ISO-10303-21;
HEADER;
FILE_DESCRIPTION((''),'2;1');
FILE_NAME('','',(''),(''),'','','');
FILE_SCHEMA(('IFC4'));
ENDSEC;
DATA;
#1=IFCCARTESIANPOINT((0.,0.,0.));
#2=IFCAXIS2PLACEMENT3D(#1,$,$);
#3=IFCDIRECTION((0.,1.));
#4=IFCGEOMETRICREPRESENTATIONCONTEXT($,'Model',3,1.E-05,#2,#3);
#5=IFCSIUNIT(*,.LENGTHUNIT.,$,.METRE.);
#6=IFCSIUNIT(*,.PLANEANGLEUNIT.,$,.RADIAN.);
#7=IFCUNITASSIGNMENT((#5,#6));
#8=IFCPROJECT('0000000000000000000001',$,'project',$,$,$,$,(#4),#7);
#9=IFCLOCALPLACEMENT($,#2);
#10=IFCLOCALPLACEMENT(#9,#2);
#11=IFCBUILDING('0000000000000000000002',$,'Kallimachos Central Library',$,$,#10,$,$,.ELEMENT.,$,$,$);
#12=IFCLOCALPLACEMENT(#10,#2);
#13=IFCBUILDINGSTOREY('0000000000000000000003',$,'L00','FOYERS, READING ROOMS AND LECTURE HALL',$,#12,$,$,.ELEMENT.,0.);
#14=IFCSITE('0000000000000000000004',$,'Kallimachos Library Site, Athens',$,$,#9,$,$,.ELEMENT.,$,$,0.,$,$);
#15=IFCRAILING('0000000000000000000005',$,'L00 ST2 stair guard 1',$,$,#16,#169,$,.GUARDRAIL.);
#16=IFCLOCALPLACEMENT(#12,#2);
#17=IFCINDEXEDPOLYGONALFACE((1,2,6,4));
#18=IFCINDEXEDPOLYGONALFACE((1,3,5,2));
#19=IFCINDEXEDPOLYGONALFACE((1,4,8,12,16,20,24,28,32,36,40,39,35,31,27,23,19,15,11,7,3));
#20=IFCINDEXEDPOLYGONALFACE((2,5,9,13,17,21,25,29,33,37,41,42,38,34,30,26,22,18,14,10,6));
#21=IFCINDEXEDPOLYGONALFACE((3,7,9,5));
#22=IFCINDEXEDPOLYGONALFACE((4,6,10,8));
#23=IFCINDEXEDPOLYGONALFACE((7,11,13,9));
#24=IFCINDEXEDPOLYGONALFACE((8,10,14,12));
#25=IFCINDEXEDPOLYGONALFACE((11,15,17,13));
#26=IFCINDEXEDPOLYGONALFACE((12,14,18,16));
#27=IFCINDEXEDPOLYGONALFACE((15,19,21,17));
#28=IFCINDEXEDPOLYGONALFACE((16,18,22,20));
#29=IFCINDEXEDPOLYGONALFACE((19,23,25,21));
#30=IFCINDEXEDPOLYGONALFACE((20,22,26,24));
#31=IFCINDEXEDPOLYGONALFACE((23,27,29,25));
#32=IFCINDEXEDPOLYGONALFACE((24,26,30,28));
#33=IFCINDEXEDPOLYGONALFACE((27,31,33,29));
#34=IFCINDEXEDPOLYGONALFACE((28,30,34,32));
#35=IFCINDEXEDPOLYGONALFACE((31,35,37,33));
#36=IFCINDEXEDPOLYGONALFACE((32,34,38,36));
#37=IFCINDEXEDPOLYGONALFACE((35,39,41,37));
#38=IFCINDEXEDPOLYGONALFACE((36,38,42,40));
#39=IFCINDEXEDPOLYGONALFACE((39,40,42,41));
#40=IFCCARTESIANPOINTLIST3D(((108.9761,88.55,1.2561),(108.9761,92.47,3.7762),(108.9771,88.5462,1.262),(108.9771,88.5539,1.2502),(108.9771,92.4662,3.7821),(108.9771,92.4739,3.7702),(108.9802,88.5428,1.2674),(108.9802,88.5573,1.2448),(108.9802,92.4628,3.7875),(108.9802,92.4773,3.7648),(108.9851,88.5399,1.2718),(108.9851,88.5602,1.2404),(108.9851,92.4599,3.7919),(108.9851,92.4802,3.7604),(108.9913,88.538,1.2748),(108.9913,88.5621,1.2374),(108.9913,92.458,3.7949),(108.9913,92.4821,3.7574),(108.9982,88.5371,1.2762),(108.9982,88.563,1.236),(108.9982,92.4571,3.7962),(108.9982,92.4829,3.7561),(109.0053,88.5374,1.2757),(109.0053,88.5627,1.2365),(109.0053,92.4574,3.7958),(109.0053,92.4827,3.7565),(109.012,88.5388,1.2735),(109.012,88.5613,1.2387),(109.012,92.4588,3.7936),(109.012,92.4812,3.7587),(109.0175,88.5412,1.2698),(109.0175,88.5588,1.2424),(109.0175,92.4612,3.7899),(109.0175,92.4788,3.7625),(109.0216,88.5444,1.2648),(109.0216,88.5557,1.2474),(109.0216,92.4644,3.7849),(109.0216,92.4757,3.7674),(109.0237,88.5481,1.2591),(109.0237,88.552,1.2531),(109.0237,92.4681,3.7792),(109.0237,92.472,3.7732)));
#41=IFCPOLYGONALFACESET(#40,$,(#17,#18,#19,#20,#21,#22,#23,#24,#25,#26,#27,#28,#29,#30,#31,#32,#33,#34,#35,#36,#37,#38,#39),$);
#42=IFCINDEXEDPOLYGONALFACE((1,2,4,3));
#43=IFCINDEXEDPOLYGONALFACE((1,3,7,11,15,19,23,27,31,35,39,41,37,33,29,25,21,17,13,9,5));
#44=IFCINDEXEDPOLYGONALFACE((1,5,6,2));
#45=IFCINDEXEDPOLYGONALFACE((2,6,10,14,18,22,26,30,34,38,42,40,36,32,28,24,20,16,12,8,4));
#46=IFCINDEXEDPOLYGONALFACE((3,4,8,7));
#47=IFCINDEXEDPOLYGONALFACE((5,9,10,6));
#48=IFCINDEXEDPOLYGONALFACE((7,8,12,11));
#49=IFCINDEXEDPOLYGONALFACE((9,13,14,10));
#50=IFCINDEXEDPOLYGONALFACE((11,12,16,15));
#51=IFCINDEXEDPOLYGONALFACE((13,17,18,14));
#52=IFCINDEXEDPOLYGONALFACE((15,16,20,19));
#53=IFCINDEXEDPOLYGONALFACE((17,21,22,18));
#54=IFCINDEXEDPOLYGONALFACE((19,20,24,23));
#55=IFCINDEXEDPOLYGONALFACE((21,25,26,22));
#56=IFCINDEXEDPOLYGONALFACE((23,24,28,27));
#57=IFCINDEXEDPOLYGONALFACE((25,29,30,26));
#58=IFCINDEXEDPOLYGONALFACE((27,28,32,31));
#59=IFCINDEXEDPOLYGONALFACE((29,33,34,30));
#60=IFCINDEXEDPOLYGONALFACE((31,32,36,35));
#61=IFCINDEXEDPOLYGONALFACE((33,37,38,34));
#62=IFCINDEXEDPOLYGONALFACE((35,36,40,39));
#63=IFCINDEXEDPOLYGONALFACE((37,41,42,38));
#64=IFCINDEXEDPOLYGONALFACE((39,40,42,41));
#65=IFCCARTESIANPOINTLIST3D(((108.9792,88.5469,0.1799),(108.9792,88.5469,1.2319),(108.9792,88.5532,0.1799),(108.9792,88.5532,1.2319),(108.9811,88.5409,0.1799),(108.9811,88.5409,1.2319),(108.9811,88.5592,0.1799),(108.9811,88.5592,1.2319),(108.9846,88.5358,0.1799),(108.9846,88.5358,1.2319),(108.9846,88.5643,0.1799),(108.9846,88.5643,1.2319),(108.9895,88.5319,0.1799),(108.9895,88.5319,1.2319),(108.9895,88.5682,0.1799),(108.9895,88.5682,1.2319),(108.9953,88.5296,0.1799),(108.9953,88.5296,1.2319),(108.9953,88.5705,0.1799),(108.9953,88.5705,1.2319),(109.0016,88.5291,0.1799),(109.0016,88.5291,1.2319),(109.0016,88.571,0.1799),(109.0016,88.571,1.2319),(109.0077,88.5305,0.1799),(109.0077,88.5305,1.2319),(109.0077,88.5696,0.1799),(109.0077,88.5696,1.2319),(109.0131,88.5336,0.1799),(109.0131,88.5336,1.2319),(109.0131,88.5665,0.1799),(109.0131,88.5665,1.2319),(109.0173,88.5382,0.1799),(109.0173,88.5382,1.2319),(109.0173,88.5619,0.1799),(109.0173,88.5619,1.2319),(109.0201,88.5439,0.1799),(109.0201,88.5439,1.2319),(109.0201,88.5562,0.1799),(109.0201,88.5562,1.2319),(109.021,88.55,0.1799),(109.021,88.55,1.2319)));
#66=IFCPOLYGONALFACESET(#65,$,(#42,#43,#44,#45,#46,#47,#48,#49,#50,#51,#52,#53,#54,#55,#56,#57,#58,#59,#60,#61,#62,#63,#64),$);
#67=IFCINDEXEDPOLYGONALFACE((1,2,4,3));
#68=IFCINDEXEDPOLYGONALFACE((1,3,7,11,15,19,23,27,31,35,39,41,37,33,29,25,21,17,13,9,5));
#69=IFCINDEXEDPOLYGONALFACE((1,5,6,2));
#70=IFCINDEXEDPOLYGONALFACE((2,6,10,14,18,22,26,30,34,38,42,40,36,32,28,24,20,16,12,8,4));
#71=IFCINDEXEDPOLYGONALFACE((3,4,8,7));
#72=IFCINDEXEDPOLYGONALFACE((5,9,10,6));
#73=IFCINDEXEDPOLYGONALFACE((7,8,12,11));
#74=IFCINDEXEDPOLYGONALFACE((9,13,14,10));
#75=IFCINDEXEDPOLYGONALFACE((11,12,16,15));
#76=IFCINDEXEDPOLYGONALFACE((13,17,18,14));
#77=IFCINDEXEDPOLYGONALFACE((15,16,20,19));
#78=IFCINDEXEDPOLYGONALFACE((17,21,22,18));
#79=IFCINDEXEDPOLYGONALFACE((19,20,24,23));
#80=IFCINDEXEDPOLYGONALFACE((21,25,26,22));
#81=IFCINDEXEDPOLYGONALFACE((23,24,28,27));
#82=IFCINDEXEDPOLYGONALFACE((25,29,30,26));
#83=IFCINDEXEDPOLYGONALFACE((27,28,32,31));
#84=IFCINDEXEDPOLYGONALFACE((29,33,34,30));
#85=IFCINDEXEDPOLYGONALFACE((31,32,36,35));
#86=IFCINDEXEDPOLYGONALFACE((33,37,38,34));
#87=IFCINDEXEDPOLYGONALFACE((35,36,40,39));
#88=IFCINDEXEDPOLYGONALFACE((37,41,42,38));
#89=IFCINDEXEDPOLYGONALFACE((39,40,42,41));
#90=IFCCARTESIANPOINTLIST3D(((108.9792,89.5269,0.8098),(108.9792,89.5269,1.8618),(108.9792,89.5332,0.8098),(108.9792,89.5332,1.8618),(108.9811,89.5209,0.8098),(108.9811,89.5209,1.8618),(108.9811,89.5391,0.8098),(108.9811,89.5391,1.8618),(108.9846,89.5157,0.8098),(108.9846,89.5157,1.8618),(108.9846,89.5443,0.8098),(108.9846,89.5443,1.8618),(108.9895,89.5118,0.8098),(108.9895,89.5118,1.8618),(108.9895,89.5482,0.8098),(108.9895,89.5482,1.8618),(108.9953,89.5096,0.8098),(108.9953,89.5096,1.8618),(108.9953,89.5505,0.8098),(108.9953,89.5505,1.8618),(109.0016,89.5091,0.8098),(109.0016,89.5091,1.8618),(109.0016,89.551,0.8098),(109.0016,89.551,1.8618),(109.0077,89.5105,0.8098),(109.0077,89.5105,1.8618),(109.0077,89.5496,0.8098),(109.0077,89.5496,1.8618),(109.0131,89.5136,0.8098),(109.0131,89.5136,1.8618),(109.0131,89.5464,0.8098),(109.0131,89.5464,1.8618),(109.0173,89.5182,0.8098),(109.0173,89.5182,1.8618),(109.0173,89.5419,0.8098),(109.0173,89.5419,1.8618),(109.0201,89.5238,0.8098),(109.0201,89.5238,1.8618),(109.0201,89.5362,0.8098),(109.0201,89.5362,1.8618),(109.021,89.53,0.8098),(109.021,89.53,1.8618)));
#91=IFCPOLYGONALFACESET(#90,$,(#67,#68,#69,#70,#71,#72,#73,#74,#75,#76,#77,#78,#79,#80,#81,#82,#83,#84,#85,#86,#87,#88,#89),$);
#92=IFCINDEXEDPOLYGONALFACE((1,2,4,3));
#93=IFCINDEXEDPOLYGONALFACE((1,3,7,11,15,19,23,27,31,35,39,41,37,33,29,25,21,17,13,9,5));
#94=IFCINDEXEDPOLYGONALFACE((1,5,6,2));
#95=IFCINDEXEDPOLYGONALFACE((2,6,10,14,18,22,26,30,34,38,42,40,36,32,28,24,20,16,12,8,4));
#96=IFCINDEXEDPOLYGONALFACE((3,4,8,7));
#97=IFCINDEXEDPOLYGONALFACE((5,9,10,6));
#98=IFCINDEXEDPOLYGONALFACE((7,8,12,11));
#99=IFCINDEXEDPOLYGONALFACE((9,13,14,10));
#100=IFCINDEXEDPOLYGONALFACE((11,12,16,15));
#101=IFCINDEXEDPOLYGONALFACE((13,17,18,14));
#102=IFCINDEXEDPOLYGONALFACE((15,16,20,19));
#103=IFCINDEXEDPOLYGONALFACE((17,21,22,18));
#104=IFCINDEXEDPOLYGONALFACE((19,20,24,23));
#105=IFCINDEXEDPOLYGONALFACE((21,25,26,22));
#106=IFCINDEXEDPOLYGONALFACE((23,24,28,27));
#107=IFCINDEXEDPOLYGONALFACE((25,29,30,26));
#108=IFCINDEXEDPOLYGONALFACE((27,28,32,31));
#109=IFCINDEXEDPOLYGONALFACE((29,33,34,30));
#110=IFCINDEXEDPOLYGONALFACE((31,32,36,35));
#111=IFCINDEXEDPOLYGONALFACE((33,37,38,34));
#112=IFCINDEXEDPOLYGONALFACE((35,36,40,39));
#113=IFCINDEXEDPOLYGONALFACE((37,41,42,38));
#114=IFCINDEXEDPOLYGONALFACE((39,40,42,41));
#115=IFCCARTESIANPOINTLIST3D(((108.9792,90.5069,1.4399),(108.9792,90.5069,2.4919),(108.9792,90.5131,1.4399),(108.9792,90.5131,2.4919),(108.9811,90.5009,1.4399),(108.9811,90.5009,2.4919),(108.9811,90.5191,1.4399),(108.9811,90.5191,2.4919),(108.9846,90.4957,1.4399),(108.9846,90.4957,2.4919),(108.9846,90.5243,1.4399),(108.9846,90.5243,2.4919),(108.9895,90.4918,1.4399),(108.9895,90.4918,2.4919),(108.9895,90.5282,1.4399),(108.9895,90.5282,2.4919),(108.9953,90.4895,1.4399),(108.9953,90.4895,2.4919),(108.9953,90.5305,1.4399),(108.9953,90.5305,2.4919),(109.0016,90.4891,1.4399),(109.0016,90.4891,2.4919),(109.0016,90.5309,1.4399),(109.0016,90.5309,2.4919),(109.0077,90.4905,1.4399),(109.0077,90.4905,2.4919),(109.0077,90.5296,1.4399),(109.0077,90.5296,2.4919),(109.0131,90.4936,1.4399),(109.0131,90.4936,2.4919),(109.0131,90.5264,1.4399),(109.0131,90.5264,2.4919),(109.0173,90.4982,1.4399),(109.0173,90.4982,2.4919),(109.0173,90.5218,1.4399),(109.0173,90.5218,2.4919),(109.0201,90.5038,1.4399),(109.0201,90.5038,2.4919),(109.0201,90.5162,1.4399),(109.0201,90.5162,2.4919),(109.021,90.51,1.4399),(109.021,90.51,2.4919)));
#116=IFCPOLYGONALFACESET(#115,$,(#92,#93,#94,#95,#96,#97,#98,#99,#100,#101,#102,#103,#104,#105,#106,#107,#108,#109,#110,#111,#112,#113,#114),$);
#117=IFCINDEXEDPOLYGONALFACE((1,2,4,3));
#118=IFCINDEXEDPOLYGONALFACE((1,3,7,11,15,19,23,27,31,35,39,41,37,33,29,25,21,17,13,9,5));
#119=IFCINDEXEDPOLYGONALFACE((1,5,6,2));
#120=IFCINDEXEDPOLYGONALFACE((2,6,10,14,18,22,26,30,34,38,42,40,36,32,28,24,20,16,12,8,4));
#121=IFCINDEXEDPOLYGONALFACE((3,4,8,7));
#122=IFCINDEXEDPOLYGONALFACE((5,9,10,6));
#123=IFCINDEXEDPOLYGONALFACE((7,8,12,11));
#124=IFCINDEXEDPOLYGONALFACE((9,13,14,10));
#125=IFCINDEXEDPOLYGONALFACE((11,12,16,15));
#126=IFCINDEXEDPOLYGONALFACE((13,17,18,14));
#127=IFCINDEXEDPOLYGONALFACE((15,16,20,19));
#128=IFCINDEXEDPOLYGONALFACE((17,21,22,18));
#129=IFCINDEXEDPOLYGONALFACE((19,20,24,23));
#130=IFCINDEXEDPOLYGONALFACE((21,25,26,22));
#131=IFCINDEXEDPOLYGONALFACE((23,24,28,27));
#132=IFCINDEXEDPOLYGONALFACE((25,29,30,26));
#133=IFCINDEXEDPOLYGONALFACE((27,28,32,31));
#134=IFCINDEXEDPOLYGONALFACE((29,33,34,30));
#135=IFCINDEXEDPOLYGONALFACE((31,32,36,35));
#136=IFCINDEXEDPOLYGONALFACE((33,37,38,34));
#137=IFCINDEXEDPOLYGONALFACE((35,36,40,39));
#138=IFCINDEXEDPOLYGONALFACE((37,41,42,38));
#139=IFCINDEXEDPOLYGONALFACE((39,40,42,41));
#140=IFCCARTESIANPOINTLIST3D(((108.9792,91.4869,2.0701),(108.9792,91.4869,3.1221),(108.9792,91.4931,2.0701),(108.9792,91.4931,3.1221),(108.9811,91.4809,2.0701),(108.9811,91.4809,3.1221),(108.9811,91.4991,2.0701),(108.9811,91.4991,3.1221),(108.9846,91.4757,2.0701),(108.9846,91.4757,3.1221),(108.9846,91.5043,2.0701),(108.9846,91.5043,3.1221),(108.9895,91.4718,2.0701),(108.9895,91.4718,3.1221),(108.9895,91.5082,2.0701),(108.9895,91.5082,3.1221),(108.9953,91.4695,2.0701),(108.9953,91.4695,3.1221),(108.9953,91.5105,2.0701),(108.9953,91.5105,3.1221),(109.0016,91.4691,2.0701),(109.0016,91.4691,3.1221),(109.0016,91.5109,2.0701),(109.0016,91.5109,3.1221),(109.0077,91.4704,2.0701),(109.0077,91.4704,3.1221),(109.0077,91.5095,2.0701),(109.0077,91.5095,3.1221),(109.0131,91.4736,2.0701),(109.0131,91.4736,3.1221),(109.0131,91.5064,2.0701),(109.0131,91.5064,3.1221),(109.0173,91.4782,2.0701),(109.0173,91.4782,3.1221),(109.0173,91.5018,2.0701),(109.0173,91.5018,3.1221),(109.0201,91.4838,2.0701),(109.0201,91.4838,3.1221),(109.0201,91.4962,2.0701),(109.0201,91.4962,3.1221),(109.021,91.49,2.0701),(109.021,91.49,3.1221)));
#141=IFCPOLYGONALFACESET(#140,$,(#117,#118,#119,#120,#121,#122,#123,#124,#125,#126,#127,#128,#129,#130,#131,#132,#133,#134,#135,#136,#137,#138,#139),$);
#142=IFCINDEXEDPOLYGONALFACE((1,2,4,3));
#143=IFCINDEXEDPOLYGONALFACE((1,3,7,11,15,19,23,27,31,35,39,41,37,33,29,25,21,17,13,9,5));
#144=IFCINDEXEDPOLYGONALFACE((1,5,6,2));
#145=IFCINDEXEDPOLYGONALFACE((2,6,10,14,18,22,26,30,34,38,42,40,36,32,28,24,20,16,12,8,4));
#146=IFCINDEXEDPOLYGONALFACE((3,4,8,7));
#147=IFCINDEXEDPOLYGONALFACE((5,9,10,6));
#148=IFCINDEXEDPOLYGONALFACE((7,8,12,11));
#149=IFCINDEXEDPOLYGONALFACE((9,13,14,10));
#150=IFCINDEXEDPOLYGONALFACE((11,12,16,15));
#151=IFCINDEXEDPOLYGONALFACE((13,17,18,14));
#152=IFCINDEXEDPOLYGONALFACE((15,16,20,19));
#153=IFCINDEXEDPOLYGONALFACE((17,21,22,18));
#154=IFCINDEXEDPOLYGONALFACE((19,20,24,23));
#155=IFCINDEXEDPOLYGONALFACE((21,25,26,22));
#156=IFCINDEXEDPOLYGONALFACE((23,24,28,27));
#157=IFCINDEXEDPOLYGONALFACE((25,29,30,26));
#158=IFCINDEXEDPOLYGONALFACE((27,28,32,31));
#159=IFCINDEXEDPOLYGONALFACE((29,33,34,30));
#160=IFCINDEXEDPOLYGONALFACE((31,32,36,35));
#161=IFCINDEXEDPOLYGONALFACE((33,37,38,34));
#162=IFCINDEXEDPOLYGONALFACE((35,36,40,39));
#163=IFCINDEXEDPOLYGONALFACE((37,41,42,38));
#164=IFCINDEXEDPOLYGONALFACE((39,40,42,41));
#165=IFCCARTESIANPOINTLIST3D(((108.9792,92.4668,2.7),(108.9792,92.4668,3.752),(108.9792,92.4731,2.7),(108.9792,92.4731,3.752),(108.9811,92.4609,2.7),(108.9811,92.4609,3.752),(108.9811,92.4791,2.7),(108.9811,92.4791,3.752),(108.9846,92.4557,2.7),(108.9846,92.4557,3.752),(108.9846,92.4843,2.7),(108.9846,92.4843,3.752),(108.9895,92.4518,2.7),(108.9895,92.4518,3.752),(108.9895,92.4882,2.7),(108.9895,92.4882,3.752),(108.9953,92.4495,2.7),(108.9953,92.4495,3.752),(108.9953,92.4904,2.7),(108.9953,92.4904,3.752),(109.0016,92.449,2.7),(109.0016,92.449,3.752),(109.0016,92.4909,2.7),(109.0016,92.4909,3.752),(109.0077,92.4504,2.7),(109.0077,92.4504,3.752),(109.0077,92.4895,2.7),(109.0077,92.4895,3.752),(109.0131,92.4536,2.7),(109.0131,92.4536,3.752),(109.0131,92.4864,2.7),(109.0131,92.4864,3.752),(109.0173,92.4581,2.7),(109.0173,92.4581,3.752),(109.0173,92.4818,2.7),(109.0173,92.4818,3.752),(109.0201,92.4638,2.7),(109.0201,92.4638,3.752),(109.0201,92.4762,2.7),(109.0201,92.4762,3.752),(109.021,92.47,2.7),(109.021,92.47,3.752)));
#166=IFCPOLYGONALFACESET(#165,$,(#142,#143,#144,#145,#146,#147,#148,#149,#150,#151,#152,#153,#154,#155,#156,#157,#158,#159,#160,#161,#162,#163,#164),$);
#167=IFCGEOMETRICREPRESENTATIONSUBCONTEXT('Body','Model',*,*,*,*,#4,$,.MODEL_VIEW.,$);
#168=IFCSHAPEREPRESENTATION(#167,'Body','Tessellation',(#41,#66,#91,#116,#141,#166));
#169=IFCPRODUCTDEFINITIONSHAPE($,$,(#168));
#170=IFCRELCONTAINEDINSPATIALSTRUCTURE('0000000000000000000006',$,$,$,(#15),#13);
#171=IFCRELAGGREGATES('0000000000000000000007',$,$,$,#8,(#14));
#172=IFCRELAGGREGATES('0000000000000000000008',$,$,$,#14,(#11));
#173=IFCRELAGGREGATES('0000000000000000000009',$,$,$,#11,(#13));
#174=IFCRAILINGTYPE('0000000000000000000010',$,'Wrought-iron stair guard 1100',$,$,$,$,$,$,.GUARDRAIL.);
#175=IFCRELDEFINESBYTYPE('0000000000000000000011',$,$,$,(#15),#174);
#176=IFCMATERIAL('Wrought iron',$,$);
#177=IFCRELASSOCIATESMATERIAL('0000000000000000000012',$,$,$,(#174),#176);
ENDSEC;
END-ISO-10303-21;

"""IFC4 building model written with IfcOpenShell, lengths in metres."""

from ifc_helpers import new_model, si_unit, direction, frame, origin, origin_2d, place, context, subcontext, project, spatial, circle, extrude, material, type_object, element, save


model = new_model("IFC4")

# Units and contexts
model_context = context("Model", 3, precision=1e-05, world=origin(), true_north=direction((0.0, 1.0)))
body_context = subcontext(model_context, "Body", "Model", "MODEL_VIEW")
ifc_project = project(units=[si_unit("LENGTHUNIT", "METRE"), si_unit("PLANEANGLEUNIT", "RADIAN")], contexts=[model_context])

# Site, building, storey
site_placement = place(None, origin())
site = spatial("IfcSite", under=ifc_project, at=site_placement, Name="Kallimachos Library Site, Athens", CompositionType="ELEMENT", RefElevation=0.0)
building_placement = place(site_placement, origin())
building = spatial("IfcBuilding", under=site, at=building_placement, Name="Kallimachos Central Library", CompositionType="ELEMENT")
storey_placement = place(building_placement, origin())
storey = spatial("IfcBuildingStorey", under=building, at=storey_placement, Name="L00", Description="FOYERS, READING ROOMS AND LECTURE HALL", CompositionType="ELEMENT", Elevation=0.0)

# Railing
ifc_material_1 = material(Name="Wrought iron")
railing_type = type_object("IfcRailingType", Name="Wrought-iron stair guard 1100", PredefinedType="GUARDRAIL", material=ifc_material_1)
railing_1_placement = place(storey_placement, frame((109.0, 88.55, 0.1799)))
element("IfcRailing", 1, at=railing_1_placement, inside=storey, type_object=railing_type, Name="L00 ST2 stair guard 1", PredefinedType="GUARDRAIL", context=body_context, shape_type="SweptSolid", body=[
    extrude(circle(Radius=0.0239, at=origin_2d()), frame((0.0, 0.0, 1.0762), z_axis=(0.0, 0.841172, 0.540768), x_axis=(-1.0, 0.0, 0.0)), (0.0, 0.0, 1.0), 4.6602),
    extrude(circle(Radius=0.021, at=origin_2d()), origin(), (0.0, 0.0, 1.0), 1.052),
    extrude(circle(Radius=0.021, at=origin_2d()), frame((0.0, 0.98, 0.6299)), (0.0, 0.0, 1.0), 1.052),
    extrude(circle(Radius=0.021, at=origin_2d()), frame((0.0, 1.96, 1.26)), (0.0, 0.0, 1.0), 1.052),
    extrude(circle(Radius=0.021, at=origin_2d()), frame((0.0, 2.9399, 1.8901)), (0.0, 0.0, 1.0), 1.052),
    extrude(circle(Radius=0.021, at=origin_2d()), frame((0.0, 3.9199, 2.52)), (0.0, 0.0, 1.0), 1.052),
])

save(model, "model.ifc")
